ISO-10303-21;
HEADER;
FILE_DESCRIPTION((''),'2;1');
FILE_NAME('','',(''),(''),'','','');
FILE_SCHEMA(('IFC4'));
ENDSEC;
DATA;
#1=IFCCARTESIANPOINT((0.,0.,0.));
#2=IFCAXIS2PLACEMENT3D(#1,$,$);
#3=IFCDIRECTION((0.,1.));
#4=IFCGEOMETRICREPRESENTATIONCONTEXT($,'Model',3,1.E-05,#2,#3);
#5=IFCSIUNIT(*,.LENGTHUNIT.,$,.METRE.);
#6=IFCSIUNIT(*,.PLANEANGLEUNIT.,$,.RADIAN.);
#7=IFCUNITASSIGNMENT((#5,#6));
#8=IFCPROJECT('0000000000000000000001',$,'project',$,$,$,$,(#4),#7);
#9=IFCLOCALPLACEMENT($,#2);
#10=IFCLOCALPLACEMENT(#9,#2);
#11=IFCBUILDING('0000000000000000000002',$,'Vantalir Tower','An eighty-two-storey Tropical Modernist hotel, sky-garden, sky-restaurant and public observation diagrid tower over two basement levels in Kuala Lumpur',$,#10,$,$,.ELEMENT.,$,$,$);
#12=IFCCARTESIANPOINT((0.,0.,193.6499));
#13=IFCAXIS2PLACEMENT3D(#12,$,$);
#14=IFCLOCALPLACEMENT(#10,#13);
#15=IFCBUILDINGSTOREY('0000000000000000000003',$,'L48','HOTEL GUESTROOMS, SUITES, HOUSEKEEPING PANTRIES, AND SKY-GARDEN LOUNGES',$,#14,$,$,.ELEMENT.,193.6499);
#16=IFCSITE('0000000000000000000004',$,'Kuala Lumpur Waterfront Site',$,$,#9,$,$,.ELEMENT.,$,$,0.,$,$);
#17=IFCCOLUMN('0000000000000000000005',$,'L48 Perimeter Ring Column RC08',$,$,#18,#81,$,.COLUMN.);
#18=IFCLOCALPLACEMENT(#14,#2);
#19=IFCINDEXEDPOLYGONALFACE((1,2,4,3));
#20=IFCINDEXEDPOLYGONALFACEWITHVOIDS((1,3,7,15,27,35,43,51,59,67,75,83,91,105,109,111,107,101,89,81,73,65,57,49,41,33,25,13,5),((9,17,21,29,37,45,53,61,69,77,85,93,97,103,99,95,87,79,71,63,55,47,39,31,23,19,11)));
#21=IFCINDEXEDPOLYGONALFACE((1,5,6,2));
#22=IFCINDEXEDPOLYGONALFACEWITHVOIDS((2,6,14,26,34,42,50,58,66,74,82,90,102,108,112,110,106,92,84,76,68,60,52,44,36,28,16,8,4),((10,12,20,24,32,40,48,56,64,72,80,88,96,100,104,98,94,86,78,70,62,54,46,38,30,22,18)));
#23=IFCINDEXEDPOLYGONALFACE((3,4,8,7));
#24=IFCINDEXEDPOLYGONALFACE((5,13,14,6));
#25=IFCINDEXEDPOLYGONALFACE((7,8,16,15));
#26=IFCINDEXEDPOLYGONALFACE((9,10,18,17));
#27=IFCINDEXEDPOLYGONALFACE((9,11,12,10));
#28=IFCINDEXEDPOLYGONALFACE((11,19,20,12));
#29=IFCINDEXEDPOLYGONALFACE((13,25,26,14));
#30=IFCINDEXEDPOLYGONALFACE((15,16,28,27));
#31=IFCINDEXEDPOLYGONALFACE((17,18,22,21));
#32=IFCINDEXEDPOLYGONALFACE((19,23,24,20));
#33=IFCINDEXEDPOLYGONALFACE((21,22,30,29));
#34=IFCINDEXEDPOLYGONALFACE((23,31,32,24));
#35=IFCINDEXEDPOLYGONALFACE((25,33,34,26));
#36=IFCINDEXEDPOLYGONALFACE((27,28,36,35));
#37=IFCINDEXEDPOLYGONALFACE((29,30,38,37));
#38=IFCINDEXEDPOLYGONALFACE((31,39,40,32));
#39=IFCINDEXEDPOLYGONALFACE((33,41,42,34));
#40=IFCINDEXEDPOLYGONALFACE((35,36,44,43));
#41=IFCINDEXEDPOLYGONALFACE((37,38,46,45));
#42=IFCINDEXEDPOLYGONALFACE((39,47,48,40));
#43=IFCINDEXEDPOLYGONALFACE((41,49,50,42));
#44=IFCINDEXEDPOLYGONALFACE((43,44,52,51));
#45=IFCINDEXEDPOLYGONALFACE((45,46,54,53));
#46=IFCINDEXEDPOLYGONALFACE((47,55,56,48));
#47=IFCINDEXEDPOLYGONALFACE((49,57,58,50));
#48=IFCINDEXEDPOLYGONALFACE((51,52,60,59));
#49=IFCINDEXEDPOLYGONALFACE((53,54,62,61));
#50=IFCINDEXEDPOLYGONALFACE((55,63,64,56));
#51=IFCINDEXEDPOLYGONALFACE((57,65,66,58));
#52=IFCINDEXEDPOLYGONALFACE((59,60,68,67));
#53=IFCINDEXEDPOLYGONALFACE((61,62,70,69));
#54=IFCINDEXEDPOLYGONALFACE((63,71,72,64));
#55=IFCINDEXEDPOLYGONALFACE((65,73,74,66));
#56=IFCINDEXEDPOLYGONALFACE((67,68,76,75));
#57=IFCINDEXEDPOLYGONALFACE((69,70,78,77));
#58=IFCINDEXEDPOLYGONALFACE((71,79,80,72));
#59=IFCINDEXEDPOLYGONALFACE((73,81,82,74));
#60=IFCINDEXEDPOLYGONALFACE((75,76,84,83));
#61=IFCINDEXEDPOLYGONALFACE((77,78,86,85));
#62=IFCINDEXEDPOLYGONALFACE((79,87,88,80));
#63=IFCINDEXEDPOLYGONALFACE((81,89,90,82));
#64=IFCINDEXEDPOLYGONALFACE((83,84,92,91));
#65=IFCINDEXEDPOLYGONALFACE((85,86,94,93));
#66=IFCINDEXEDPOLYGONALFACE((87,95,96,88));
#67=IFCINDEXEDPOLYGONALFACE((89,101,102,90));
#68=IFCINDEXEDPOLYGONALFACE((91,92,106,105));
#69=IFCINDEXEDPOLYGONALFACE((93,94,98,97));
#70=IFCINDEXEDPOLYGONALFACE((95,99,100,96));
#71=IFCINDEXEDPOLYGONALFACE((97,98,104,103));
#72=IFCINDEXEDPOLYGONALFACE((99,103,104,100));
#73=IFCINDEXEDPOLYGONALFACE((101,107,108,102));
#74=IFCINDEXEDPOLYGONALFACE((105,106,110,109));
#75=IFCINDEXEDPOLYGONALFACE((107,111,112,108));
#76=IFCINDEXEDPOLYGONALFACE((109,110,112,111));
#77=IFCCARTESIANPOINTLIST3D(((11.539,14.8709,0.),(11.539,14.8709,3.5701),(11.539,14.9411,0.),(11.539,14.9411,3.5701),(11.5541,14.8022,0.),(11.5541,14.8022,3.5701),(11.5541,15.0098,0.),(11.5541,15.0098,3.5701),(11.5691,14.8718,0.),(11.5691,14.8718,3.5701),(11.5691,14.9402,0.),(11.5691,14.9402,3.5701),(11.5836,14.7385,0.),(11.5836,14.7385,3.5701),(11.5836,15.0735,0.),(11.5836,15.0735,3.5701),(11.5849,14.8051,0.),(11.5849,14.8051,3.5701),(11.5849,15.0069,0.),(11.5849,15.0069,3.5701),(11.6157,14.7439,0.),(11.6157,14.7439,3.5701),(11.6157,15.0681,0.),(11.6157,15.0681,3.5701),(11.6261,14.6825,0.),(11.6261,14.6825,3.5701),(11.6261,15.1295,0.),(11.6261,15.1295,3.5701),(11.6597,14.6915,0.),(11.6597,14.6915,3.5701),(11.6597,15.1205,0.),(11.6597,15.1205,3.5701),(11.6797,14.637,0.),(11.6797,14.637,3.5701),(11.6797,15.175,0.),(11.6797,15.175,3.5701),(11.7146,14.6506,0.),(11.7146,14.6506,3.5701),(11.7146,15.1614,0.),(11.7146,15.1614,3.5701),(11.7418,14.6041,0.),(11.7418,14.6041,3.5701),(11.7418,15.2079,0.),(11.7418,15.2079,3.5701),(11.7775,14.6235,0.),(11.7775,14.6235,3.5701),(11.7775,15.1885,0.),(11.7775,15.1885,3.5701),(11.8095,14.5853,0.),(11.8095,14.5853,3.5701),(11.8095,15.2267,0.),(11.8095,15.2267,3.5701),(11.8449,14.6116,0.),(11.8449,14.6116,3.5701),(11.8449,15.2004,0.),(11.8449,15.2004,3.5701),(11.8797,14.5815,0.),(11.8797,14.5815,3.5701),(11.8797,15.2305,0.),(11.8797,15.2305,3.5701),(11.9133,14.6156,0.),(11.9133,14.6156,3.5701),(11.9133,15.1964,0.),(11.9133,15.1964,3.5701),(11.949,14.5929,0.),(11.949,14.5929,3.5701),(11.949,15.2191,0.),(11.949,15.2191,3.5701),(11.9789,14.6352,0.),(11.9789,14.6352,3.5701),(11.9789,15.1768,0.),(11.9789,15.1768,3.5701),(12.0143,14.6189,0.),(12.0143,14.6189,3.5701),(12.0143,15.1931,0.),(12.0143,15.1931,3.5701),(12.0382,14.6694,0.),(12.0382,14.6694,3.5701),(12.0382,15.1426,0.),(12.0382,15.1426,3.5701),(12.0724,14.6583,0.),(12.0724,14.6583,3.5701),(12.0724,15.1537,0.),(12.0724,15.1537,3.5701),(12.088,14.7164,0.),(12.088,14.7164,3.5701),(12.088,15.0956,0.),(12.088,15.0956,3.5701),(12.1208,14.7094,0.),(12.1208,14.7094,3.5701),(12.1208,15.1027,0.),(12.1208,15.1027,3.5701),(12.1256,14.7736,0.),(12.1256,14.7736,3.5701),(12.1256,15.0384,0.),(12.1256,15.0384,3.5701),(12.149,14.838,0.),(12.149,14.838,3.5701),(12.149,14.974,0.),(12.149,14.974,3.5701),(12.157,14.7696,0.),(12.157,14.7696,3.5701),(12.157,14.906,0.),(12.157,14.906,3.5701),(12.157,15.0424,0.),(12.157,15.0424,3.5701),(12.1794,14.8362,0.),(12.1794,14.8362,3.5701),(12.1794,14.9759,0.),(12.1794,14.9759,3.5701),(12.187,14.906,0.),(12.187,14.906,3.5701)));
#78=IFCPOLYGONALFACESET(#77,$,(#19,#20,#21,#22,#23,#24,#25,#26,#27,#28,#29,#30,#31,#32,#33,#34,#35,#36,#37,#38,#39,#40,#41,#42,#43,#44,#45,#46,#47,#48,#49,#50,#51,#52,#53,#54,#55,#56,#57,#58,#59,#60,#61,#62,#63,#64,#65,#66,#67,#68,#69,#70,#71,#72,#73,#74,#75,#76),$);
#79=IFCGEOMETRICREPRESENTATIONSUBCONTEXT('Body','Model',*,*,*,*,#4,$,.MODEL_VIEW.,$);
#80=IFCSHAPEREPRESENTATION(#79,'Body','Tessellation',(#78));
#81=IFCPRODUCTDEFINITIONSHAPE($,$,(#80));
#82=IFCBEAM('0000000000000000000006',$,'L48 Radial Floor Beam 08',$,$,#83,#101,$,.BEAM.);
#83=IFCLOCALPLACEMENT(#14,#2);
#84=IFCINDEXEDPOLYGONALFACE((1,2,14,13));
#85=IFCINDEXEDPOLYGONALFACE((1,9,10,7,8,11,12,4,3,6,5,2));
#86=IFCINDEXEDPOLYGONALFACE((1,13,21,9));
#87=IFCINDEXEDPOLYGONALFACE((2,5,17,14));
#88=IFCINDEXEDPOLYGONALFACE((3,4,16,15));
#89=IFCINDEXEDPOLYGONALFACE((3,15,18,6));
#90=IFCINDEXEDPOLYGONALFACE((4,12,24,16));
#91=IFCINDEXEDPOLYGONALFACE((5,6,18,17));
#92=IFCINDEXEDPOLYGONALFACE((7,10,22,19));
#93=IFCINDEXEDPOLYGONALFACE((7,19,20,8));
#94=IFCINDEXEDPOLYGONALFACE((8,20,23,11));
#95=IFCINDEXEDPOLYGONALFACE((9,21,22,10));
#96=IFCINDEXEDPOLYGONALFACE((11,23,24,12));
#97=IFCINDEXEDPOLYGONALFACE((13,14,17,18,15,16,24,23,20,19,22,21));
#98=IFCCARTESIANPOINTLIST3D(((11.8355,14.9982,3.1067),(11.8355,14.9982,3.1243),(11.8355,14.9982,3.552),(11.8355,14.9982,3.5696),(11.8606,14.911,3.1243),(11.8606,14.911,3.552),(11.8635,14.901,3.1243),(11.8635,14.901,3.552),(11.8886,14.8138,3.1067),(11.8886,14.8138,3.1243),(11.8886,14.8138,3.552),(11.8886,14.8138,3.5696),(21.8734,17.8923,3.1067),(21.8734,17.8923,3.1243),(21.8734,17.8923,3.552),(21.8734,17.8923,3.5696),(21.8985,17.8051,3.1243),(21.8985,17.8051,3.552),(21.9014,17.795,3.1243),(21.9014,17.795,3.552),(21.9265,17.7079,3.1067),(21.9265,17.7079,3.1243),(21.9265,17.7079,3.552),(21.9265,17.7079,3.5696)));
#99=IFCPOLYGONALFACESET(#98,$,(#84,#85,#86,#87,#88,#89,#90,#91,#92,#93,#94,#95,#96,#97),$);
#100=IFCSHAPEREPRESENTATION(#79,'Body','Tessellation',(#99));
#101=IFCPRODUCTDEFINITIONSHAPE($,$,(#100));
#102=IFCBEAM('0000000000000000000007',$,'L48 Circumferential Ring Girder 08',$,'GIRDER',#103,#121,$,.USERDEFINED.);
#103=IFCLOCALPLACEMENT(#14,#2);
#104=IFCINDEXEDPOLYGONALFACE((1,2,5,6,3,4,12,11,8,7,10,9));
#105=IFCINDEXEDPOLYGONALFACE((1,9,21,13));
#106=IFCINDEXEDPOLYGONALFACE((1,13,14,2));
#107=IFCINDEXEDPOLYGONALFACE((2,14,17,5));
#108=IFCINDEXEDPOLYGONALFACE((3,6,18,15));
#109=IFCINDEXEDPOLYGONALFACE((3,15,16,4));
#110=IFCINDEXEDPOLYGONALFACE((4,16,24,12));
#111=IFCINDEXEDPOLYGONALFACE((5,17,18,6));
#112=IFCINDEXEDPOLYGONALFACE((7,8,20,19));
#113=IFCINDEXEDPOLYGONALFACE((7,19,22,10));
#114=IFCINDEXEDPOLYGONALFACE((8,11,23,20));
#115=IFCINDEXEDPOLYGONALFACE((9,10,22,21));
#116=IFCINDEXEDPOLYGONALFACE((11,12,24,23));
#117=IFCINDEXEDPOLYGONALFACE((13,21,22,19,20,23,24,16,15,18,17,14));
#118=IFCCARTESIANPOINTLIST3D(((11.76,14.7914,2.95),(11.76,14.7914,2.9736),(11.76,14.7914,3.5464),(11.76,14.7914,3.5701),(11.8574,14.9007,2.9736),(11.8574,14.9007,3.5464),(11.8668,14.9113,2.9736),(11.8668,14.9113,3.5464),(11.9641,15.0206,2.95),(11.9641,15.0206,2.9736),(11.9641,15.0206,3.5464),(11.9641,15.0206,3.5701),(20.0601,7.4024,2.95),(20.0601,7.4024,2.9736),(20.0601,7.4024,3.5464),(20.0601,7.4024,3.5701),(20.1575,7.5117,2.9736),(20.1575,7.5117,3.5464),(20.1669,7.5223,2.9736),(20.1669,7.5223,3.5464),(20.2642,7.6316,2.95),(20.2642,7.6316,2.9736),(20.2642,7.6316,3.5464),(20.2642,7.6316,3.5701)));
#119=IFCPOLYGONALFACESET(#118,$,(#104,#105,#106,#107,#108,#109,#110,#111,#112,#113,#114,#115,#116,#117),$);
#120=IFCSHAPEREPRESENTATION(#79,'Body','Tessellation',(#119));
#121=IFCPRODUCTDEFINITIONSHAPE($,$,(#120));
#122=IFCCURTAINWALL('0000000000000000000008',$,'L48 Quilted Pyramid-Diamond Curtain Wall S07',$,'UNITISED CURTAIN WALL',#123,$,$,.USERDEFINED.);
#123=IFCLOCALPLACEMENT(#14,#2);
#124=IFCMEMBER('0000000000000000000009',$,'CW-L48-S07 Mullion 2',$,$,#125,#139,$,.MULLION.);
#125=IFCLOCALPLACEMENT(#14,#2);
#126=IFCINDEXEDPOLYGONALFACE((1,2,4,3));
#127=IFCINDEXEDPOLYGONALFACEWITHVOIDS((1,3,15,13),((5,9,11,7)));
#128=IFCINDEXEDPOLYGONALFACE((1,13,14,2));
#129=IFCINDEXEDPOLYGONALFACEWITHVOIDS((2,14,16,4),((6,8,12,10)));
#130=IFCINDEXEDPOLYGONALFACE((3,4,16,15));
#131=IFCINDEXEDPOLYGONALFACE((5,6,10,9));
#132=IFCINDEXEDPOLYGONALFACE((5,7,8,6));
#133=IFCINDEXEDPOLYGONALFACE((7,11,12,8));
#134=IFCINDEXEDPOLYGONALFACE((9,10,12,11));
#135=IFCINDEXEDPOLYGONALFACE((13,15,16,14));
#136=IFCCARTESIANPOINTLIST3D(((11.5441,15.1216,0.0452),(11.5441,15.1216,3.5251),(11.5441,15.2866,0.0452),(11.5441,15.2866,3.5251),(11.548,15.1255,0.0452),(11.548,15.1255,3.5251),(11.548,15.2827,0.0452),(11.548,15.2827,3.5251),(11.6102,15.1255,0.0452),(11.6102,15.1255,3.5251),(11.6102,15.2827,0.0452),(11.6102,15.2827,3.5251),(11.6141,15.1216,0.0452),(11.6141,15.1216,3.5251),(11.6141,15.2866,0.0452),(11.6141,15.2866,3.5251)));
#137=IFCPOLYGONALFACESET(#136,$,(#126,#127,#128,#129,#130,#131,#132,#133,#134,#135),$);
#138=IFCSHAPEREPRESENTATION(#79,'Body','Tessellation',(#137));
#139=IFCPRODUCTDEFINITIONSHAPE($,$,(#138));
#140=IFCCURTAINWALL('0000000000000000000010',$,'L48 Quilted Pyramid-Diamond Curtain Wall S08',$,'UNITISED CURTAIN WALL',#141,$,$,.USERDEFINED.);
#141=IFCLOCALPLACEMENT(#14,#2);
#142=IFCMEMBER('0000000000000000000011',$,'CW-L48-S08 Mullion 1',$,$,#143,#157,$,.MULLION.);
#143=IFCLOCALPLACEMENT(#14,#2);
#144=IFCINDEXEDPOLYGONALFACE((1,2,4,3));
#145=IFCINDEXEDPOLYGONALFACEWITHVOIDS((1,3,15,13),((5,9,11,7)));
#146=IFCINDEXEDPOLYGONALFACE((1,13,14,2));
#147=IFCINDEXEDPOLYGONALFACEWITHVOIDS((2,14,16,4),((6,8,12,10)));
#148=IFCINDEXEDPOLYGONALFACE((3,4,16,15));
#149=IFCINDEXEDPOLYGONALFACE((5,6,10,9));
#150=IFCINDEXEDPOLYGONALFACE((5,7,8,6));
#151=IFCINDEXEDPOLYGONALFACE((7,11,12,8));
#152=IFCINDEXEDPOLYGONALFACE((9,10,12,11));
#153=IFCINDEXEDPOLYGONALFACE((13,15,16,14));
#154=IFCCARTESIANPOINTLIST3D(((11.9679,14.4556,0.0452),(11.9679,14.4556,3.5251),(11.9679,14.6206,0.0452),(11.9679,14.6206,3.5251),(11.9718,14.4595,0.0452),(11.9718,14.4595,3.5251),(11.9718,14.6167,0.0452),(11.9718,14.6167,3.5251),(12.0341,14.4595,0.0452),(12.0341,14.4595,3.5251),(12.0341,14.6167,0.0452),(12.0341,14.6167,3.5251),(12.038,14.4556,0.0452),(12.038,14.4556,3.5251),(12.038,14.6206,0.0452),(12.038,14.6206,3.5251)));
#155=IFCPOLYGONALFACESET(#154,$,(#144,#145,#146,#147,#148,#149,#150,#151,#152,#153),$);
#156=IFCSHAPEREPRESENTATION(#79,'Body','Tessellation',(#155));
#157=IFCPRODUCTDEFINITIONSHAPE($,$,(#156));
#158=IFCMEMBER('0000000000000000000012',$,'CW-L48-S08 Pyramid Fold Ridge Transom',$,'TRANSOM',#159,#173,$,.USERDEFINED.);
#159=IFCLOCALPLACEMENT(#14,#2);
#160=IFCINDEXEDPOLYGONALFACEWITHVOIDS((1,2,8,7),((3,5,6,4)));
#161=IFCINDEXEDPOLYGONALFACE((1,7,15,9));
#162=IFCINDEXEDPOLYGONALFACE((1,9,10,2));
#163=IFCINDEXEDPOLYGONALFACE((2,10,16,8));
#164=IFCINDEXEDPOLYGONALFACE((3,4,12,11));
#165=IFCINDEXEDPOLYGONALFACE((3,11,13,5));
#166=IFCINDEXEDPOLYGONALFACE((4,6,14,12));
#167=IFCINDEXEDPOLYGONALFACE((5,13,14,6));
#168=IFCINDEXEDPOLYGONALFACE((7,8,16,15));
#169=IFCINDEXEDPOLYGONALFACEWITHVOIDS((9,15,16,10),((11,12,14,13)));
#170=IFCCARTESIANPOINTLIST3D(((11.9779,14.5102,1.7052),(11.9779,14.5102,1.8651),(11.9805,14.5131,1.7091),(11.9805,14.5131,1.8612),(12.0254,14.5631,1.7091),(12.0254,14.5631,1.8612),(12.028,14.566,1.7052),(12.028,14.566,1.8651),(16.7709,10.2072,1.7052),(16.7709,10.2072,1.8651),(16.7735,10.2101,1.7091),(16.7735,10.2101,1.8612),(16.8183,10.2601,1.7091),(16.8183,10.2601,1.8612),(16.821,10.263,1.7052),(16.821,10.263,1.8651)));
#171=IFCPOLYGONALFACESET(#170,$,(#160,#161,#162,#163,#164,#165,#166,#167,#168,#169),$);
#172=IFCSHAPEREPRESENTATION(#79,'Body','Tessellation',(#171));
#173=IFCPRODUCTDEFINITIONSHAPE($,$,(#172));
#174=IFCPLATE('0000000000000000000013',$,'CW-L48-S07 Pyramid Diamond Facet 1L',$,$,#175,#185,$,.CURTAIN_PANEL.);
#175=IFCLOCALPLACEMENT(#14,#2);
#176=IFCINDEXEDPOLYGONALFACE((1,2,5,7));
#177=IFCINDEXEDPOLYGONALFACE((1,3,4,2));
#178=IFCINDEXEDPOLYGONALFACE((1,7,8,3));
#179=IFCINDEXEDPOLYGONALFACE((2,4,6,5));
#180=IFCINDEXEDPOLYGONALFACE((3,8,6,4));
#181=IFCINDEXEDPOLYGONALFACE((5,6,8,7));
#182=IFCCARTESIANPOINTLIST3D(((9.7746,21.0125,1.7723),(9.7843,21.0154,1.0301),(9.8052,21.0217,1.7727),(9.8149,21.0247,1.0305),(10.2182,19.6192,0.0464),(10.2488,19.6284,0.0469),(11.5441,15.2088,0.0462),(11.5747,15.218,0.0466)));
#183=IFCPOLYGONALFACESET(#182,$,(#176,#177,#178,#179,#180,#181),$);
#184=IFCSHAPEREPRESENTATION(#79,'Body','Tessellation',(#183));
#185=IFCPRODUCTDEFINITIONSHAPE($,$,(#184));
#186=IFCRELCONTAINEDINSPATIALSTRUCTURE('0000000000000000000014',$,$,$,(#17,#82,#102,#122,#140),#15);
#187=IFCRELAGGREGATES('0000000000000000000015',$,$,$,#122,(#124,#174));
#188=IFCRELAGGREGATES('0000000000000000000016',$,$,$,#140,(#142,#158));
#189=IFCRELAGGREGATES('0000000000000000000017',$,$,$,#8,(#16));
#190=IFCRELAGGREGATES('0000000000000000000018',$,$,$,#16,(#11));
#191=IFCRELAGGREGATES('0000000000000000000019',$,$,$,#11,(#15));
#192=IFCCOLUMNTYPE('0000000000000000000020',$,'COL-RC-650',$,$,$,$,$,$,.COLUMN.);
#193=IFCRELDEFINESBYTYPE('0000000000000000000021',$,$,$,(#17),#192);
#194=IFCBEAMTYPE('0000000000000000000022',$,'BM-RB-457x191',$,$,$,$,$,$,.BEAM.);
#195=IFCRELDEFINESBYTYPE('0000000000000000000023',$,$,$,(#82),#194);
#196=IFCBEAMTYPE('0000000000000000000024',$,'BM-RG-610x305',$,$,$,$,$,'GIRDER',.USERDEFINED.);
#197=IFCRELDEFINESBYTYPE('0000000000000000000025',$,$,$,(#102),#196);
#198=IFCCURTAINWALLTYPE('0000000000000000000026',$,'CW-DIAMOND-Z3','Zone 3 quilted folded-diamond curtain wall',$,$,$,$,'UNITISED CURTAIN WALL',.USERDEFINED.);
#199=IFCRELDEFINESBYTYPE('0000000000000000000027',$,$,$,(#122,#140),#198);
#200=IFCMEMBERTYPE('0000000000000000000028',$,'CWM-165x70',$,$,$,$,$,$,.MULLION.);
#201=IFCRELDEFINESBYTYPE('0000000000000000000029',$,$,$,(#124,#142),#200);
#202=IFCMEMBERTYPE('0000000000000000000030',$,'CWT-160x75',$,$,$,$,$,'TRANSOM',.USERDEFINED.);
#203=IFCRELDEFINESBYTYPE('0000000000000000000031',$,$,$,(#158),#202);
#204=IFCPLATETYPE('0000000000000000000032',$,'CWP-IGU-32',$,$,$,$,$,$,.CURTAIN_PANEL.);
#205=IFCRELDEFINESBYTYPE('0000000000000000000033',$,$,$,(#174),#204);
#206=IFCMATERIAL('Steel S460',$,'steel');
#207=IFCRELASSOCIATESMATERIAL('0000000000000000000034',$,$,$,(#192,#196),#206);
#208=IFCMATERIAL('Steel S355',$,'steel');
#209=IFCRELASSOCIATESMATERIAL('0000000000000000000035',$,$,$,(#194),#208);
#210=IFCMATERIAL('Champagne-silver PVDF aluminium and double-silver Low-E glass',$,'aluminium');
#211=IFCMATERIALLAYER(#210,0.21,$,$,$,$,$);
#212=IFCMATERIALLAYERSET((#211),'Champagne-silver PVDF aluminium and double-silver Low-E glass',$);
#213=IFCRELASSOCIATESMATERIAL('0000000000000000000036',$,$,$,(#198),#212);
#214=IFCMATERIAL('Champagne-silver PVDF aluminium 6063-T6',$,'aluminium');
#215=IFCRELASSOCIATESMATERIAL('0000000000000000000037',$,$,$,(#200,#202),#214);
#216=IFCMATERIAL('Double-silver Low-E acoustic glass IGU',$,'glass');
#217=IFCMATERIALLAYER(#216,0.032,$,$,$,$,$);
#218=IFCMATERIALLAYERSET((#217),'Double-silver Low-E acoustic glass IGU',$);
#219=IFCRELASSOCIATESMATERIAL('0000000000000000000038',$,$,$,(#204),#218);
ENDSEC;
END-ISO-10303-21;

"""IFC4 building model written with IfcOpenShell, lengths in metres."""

from ifc_helpers import new_model, si_unit, direction, frame, origin, origin_2d, place, context, subcontext, project, spatial, polyline, hollow_rectangle, hollow_circle, i_section, outline, extrude, material, layer, layer_set, material_profile, profile_set, type_object, element, aggregate, save


model = new_model("IFC4")

# Units and contexts
model_context = context("Model", 3, precision=1e-05, world=origin(), true_north=direction((0.0, 1.0)))
body_context = subcontext(model_context, "Body", "Model", "MODEL_VIEW")
ifc_project = project(units=[si_unit("LENGTHUNIT", "METRE"), si_unit("PLANEANGLEUNIT", "RADIAN")], contexts=[model_context])

# Site, building, storey
site_placement = place(None, origin())
site = spatial("IfcSite", under=ifc_project, at=site_placement, Name="Kuala Lumpur Waterfront Site", CompositionType="ELEMENT", RefElevation=0.0)
building_placement = place(site_placement, origin())
building = spatial("IfcBuilding", under=site, at=building_placement, Name="Vantalir Tower", Description="An eighty-two-storey Tropical Modernist hotel, sky-garden, sky-restaurant and public observation diagrid tower over two basement levels in Kuala Lumpur", CompositionType="ELEMENT")
storey_placement = place(building_placement, frame((0.0, 0.0, 193.6499)))
storey = spatial("IfcBuildingStorey", under=building, at=storey_placement, Name="L48", Description="HOTEL GUESTROOMS, SUITES, HOUSEKEEPING PANTRIES, AND SKY-GARDEN LOUNGES", CompositionType="ELEMENT", Elevation=193.6499)

# Column
ifc_material_1 = material(Name="Steel S460", Category="steel")
ifc_material_profile_1 = material_profile(ifc_material_1, hollow_circle(Radius=0.325, WallThickness=0.03, at=origin_2d()), Name="Steel S460")
ifc_profile_set_1 = profile_set([ifc_material_profile_1], Name="Steel S460")
column_type = type_object("IfcColumnType", Name="COL-RC-650", PredefinedType="COLUMN", material=ifc_profile_set_1)
column_placement = place(storey_placement, frame((11.8621, 14.906, 0.0), z_axis=(0.0, 0.0, 1.0), x_axis=(1.0, 0.0, 0.0)))
element("IfcColumn", 1, at=column_placement, inside=storey, type_object=column_type, Name="L48 Perimeter Ring Column RC08", PredefinedType="COLUMN", context=body_context, shape_type="SweptSolid", body=[
    extrude(hollow_circle(Radius=0.325, WallThickness=0.03, at=origin_2d()), origin(), (0.0, 0.0, 1.0), 3.5701),
])

# Beams
ifc_material_2 = material(Name="Steel S355", Category="steel")
ifc_material_profile_2 = material_profile(ifc_material_2, i_section(OverallWidth=0.1919, OverallDepth=0.4629, WebThickness=0.0105, FlangeThickness=0.0176, at=origin_2d()), Name="Steel S355")
ifc_profile_set_2 = profile_set([ifc_material_profile_2], Name="Steel S355")
beam_type_1 = type_object("IfcBeamType", Name="BM-RB-457x191", PredefinedType="BEAM", material=ifc_profile_set_2)
beam_1_placement = place(storey_placement, frame((11.8621, 14.906, 3.3381), z_axis=(0.960862, 0.277029, 0.0), x_axis=(-0.277029, 0.960862, 0.0)))
element("IfcBeam", 2, at=beam_1_placement, inside=storey, type_object=beam_type_1, Name="L48 Radial Floor Beam 08", PredefinedType="BEAM", context=body_context, shape_type="SweptSolid", body=[
    extrude(i_section(OverallWidth=0.1919, OverallDepth=0.4629, WebThickness=0.0105, FlangeThickness=0.0176, at=origin_2d()), origin(), (0.0, 0.0, 1.0), 10.4468),
])
ifc_material_profile_3 = material_profile(ifc_material_1, i_section(OverallWidth=0.3069, OverallDepth=0.6201, WebThickness=0.0142, FlangeThickness=0.0237, at=origin_2d()), Name="Steel S460")
ifc_profile_set_3 = profile_set([ifc_material_profile_3], Name="Steel S460")
beam_type_2 = type_object("IfcBeamType", Name="BM-RG-610x305", ElementType="GIRDER", PredefinedType="USERDEFINED", material=ifc_profile_set_3)
beam_2_placement = place(storey_placement, frame((11.8621, 14.906, 3.26), z_axis=(0.746913, -0.664921, 0.0), x_axis=(0.664921, 0.746913, 0.0)))
element("IfcBeam", 3, at=beam_2_placement, inside=storey, type_object=beam_type_2, Name="L48 Circumferential Ring Girder 08", ObjectType="GIRDER", PredefinedType="USERDEFINED", context=body_context, shape_type="SweptSolid", body=[
    extrude(i_section(OverallWidth=0.3069, OverallDepth=0.6201, WebThickness=0.0142, FlangeThickness=0.0237, at=origin_2d()), origin(), (0.0, 0.0, 1.0), 11.1125),
])

# Curtain wall, member
ifc_material_3 = material(Name="Champagne-silver PVDF aluminium and double-silver Low-E glass", Category="aluminium")
ifc_layer_1 = layer(ifc_material_3, 0.21)
ifc_layer_set_1 = layer_set([ifc_layer_1], Name="Champagne-silver PVDF aluminium and double-silver Low-E glass")
curtain_wall_type = type_object("IfcCurtainWallType", Name="CW-DIAMOND-Z3", Description="Zone 3 quilted folded-diamond curtain wall", ElementType="UNITISED CURTAIN WALL", PredefinedType="USERDEFINED", material=ifc_layer_set_1)
curtain_wall_1_placement = place(storey_placement, origin())
curtain_wall_1 = element("IfcCurtainWall", 4, at=curtain_wall_1_placement, inside=storey, type_object=curtain_wall_type, Name="L48 Quilted Pyramid-Diamond Curtain Wall S07", ObjectType="UNITISED CURTAIN WALL", PredefinedType="USERDEFINED")
ifc_material_4 = material(Name="Champagne-silver PVDF aluminium 6063-T6", Category="aluminium")
ifc_material_profile_4 = material_profile(ifc_material_4, hollow_rectangle(XDim=0.0701, YDim=0.165, WallThickness=0.0039, at=origin_2d()), Name="Champagne-silver PVDF aluminium 6063-T6")
ifc_profile_set_4 = profile_set([ifc_material_profile_4], Name="Champagne-silver PVDF aluminium 6063-T6")
member_type_1 = type_object("IfcMemberType", Name="CWM-165x70", PredefinedType="MULLION", material=ifc_profile_set_4)
member_1_placement = place(storey_placement, frame((11.5791, 15.2041, 0.0452), z_axis=(0.0, 0.0, 1.0), x_axis=(1.0, 0.0, 0.0)))
member_1 = element("IfcMember", 5, at=member_1_placement, type_object=member_type_1, Name="CW-L48-S07 Mullion 2", PredefinedType="MULLION", context=body_context, shape_type="SweptSolid", body=[
    extrude(hollow_rectangle(XDim=0.0701, YDim=0.165, WallThickness=0.0039, at=origin_2d()), origin(), (0.0, 0.0, 1.0), 3.48),
])

# Curtain wall, members
curtain_wall_2_placement = place(storey_placement, origin())
curtain_wall_2 = element("IfcCurtainWall", 6, at=curtain_wall_2_placement, inside=storey, type_object=curtain_wall_type, Name="L48 Quilted Pyramid-Diamond Curtain Wall S08", ObjectType="UNITISED CURTAIN WALL", PredefinedType="USERDEFINED")
member_2_placement = place(storey_placement, frame((12.0029, 14.5381, 0.0452), z_axis=(0.0, 0.0, 1.0), x_axis=(1.0, 0.0, 0.0)))
member_2 = element("IfcMember", 7, at=member_2_placement, type_object=member_type_1, Name="CW-L48-S08 Mullion 1", PredefinedType="MULLION", context=body_context, shape_type="SweptSolid", body=[
    extrude(hollow_rectangle(XDim=0.0701, YDim=0.165, WallThickness=0.0039, at=origin_2d()), origin(), (0.0, 0.0, 1.0), 3.48),
])
ifc_material_profile_5 = material_profile(ifc_material_4, hollow_rectangle(XDim=0.075, YDim=0.1599, WallThickness=0.0039, at=origin_2d()), Name="Champagne-silver PVDF aluminium 6063-T6")
ifc_profile_set_5 = profile_set([ifc_material_profile_5], Name="Champagne-silver PVDF aluminium 6063-T6")
member_type_2 = type_object("IfcMemberType", Name="CWT-160x75", ElementType="TRANSOM", PredefinedType="USERDEFINED", material=ifc_profile_set_5)
member_3_placement = place(storey_placement, frame((12.0029, 14.5381, 1.7852), z_axis=(0.744119, -0.668047, 0.0), x_axis=(0.668047, 0.744119, 0.0)))
member_3 = element("IfcMember", 8, at=member_3_placement, type_object=member_type_2, Name="CW-L48-S08 Pyramid Fold Ridge Transom", ObjectType="TRANSOM", PredefinedType="USERDEFINED", context=body_context, shape_type="SweptSolid", body=[
    extrude(hollow_rectangle(XDim=0.075, YDim=0.1599, WallThickness=0.0039, at=origin_2d()), origin(), (0.0, 0.0, 1.0), 6.4412),
])

# Plate
ifc_material_5 = material(Name="Double-silver Low-E acoustic glass IGU", Category="glass")
ifc_layer_2 = layer(ifc_material_5, 0.032)
ifc_layer_set_2 = layer_set([ifc_layer_2], Name="Double-silver Low-E acoustic glass IGU")
plate_type_1 = type_object("IfcPlateType", Name="CWP-IGU-32", PredefinedType="CURTAIN_PANEL", material=ifc_layer_set_2)
plate_1_placement = place(storey_placement, frame((10.2488, 19.6284, 0.0469), z_axis=(0.957569, 0.287877, 0.01372), x_axis=(0.287905, -0.957659, -0.000053)))
plate_1 = element("IfcPlate", 9, at=plate_1_placement, type_object=plate_type_1, Name="CW-L48-S07 Pyramid Diamond Facet 1L", PredefinedType="CURTAIN_PANEL", context=body_context, shape_type="SweptSolid", body=[
    extrude(outline(polyline([(0.0, 0.0), (4.6054, 0.0), (-1.4621, -1.7259), (-1.4621, -0.9837), (0.0, 0.0)])), origin(), (0.0, 0.0, -1.0), 0.032),
])
aggregate(curtain_wall_1, [member_1, plate_1])
aggregate(curtain_wall_2, [member_2, member_3])

save(model, "model.ifc")
